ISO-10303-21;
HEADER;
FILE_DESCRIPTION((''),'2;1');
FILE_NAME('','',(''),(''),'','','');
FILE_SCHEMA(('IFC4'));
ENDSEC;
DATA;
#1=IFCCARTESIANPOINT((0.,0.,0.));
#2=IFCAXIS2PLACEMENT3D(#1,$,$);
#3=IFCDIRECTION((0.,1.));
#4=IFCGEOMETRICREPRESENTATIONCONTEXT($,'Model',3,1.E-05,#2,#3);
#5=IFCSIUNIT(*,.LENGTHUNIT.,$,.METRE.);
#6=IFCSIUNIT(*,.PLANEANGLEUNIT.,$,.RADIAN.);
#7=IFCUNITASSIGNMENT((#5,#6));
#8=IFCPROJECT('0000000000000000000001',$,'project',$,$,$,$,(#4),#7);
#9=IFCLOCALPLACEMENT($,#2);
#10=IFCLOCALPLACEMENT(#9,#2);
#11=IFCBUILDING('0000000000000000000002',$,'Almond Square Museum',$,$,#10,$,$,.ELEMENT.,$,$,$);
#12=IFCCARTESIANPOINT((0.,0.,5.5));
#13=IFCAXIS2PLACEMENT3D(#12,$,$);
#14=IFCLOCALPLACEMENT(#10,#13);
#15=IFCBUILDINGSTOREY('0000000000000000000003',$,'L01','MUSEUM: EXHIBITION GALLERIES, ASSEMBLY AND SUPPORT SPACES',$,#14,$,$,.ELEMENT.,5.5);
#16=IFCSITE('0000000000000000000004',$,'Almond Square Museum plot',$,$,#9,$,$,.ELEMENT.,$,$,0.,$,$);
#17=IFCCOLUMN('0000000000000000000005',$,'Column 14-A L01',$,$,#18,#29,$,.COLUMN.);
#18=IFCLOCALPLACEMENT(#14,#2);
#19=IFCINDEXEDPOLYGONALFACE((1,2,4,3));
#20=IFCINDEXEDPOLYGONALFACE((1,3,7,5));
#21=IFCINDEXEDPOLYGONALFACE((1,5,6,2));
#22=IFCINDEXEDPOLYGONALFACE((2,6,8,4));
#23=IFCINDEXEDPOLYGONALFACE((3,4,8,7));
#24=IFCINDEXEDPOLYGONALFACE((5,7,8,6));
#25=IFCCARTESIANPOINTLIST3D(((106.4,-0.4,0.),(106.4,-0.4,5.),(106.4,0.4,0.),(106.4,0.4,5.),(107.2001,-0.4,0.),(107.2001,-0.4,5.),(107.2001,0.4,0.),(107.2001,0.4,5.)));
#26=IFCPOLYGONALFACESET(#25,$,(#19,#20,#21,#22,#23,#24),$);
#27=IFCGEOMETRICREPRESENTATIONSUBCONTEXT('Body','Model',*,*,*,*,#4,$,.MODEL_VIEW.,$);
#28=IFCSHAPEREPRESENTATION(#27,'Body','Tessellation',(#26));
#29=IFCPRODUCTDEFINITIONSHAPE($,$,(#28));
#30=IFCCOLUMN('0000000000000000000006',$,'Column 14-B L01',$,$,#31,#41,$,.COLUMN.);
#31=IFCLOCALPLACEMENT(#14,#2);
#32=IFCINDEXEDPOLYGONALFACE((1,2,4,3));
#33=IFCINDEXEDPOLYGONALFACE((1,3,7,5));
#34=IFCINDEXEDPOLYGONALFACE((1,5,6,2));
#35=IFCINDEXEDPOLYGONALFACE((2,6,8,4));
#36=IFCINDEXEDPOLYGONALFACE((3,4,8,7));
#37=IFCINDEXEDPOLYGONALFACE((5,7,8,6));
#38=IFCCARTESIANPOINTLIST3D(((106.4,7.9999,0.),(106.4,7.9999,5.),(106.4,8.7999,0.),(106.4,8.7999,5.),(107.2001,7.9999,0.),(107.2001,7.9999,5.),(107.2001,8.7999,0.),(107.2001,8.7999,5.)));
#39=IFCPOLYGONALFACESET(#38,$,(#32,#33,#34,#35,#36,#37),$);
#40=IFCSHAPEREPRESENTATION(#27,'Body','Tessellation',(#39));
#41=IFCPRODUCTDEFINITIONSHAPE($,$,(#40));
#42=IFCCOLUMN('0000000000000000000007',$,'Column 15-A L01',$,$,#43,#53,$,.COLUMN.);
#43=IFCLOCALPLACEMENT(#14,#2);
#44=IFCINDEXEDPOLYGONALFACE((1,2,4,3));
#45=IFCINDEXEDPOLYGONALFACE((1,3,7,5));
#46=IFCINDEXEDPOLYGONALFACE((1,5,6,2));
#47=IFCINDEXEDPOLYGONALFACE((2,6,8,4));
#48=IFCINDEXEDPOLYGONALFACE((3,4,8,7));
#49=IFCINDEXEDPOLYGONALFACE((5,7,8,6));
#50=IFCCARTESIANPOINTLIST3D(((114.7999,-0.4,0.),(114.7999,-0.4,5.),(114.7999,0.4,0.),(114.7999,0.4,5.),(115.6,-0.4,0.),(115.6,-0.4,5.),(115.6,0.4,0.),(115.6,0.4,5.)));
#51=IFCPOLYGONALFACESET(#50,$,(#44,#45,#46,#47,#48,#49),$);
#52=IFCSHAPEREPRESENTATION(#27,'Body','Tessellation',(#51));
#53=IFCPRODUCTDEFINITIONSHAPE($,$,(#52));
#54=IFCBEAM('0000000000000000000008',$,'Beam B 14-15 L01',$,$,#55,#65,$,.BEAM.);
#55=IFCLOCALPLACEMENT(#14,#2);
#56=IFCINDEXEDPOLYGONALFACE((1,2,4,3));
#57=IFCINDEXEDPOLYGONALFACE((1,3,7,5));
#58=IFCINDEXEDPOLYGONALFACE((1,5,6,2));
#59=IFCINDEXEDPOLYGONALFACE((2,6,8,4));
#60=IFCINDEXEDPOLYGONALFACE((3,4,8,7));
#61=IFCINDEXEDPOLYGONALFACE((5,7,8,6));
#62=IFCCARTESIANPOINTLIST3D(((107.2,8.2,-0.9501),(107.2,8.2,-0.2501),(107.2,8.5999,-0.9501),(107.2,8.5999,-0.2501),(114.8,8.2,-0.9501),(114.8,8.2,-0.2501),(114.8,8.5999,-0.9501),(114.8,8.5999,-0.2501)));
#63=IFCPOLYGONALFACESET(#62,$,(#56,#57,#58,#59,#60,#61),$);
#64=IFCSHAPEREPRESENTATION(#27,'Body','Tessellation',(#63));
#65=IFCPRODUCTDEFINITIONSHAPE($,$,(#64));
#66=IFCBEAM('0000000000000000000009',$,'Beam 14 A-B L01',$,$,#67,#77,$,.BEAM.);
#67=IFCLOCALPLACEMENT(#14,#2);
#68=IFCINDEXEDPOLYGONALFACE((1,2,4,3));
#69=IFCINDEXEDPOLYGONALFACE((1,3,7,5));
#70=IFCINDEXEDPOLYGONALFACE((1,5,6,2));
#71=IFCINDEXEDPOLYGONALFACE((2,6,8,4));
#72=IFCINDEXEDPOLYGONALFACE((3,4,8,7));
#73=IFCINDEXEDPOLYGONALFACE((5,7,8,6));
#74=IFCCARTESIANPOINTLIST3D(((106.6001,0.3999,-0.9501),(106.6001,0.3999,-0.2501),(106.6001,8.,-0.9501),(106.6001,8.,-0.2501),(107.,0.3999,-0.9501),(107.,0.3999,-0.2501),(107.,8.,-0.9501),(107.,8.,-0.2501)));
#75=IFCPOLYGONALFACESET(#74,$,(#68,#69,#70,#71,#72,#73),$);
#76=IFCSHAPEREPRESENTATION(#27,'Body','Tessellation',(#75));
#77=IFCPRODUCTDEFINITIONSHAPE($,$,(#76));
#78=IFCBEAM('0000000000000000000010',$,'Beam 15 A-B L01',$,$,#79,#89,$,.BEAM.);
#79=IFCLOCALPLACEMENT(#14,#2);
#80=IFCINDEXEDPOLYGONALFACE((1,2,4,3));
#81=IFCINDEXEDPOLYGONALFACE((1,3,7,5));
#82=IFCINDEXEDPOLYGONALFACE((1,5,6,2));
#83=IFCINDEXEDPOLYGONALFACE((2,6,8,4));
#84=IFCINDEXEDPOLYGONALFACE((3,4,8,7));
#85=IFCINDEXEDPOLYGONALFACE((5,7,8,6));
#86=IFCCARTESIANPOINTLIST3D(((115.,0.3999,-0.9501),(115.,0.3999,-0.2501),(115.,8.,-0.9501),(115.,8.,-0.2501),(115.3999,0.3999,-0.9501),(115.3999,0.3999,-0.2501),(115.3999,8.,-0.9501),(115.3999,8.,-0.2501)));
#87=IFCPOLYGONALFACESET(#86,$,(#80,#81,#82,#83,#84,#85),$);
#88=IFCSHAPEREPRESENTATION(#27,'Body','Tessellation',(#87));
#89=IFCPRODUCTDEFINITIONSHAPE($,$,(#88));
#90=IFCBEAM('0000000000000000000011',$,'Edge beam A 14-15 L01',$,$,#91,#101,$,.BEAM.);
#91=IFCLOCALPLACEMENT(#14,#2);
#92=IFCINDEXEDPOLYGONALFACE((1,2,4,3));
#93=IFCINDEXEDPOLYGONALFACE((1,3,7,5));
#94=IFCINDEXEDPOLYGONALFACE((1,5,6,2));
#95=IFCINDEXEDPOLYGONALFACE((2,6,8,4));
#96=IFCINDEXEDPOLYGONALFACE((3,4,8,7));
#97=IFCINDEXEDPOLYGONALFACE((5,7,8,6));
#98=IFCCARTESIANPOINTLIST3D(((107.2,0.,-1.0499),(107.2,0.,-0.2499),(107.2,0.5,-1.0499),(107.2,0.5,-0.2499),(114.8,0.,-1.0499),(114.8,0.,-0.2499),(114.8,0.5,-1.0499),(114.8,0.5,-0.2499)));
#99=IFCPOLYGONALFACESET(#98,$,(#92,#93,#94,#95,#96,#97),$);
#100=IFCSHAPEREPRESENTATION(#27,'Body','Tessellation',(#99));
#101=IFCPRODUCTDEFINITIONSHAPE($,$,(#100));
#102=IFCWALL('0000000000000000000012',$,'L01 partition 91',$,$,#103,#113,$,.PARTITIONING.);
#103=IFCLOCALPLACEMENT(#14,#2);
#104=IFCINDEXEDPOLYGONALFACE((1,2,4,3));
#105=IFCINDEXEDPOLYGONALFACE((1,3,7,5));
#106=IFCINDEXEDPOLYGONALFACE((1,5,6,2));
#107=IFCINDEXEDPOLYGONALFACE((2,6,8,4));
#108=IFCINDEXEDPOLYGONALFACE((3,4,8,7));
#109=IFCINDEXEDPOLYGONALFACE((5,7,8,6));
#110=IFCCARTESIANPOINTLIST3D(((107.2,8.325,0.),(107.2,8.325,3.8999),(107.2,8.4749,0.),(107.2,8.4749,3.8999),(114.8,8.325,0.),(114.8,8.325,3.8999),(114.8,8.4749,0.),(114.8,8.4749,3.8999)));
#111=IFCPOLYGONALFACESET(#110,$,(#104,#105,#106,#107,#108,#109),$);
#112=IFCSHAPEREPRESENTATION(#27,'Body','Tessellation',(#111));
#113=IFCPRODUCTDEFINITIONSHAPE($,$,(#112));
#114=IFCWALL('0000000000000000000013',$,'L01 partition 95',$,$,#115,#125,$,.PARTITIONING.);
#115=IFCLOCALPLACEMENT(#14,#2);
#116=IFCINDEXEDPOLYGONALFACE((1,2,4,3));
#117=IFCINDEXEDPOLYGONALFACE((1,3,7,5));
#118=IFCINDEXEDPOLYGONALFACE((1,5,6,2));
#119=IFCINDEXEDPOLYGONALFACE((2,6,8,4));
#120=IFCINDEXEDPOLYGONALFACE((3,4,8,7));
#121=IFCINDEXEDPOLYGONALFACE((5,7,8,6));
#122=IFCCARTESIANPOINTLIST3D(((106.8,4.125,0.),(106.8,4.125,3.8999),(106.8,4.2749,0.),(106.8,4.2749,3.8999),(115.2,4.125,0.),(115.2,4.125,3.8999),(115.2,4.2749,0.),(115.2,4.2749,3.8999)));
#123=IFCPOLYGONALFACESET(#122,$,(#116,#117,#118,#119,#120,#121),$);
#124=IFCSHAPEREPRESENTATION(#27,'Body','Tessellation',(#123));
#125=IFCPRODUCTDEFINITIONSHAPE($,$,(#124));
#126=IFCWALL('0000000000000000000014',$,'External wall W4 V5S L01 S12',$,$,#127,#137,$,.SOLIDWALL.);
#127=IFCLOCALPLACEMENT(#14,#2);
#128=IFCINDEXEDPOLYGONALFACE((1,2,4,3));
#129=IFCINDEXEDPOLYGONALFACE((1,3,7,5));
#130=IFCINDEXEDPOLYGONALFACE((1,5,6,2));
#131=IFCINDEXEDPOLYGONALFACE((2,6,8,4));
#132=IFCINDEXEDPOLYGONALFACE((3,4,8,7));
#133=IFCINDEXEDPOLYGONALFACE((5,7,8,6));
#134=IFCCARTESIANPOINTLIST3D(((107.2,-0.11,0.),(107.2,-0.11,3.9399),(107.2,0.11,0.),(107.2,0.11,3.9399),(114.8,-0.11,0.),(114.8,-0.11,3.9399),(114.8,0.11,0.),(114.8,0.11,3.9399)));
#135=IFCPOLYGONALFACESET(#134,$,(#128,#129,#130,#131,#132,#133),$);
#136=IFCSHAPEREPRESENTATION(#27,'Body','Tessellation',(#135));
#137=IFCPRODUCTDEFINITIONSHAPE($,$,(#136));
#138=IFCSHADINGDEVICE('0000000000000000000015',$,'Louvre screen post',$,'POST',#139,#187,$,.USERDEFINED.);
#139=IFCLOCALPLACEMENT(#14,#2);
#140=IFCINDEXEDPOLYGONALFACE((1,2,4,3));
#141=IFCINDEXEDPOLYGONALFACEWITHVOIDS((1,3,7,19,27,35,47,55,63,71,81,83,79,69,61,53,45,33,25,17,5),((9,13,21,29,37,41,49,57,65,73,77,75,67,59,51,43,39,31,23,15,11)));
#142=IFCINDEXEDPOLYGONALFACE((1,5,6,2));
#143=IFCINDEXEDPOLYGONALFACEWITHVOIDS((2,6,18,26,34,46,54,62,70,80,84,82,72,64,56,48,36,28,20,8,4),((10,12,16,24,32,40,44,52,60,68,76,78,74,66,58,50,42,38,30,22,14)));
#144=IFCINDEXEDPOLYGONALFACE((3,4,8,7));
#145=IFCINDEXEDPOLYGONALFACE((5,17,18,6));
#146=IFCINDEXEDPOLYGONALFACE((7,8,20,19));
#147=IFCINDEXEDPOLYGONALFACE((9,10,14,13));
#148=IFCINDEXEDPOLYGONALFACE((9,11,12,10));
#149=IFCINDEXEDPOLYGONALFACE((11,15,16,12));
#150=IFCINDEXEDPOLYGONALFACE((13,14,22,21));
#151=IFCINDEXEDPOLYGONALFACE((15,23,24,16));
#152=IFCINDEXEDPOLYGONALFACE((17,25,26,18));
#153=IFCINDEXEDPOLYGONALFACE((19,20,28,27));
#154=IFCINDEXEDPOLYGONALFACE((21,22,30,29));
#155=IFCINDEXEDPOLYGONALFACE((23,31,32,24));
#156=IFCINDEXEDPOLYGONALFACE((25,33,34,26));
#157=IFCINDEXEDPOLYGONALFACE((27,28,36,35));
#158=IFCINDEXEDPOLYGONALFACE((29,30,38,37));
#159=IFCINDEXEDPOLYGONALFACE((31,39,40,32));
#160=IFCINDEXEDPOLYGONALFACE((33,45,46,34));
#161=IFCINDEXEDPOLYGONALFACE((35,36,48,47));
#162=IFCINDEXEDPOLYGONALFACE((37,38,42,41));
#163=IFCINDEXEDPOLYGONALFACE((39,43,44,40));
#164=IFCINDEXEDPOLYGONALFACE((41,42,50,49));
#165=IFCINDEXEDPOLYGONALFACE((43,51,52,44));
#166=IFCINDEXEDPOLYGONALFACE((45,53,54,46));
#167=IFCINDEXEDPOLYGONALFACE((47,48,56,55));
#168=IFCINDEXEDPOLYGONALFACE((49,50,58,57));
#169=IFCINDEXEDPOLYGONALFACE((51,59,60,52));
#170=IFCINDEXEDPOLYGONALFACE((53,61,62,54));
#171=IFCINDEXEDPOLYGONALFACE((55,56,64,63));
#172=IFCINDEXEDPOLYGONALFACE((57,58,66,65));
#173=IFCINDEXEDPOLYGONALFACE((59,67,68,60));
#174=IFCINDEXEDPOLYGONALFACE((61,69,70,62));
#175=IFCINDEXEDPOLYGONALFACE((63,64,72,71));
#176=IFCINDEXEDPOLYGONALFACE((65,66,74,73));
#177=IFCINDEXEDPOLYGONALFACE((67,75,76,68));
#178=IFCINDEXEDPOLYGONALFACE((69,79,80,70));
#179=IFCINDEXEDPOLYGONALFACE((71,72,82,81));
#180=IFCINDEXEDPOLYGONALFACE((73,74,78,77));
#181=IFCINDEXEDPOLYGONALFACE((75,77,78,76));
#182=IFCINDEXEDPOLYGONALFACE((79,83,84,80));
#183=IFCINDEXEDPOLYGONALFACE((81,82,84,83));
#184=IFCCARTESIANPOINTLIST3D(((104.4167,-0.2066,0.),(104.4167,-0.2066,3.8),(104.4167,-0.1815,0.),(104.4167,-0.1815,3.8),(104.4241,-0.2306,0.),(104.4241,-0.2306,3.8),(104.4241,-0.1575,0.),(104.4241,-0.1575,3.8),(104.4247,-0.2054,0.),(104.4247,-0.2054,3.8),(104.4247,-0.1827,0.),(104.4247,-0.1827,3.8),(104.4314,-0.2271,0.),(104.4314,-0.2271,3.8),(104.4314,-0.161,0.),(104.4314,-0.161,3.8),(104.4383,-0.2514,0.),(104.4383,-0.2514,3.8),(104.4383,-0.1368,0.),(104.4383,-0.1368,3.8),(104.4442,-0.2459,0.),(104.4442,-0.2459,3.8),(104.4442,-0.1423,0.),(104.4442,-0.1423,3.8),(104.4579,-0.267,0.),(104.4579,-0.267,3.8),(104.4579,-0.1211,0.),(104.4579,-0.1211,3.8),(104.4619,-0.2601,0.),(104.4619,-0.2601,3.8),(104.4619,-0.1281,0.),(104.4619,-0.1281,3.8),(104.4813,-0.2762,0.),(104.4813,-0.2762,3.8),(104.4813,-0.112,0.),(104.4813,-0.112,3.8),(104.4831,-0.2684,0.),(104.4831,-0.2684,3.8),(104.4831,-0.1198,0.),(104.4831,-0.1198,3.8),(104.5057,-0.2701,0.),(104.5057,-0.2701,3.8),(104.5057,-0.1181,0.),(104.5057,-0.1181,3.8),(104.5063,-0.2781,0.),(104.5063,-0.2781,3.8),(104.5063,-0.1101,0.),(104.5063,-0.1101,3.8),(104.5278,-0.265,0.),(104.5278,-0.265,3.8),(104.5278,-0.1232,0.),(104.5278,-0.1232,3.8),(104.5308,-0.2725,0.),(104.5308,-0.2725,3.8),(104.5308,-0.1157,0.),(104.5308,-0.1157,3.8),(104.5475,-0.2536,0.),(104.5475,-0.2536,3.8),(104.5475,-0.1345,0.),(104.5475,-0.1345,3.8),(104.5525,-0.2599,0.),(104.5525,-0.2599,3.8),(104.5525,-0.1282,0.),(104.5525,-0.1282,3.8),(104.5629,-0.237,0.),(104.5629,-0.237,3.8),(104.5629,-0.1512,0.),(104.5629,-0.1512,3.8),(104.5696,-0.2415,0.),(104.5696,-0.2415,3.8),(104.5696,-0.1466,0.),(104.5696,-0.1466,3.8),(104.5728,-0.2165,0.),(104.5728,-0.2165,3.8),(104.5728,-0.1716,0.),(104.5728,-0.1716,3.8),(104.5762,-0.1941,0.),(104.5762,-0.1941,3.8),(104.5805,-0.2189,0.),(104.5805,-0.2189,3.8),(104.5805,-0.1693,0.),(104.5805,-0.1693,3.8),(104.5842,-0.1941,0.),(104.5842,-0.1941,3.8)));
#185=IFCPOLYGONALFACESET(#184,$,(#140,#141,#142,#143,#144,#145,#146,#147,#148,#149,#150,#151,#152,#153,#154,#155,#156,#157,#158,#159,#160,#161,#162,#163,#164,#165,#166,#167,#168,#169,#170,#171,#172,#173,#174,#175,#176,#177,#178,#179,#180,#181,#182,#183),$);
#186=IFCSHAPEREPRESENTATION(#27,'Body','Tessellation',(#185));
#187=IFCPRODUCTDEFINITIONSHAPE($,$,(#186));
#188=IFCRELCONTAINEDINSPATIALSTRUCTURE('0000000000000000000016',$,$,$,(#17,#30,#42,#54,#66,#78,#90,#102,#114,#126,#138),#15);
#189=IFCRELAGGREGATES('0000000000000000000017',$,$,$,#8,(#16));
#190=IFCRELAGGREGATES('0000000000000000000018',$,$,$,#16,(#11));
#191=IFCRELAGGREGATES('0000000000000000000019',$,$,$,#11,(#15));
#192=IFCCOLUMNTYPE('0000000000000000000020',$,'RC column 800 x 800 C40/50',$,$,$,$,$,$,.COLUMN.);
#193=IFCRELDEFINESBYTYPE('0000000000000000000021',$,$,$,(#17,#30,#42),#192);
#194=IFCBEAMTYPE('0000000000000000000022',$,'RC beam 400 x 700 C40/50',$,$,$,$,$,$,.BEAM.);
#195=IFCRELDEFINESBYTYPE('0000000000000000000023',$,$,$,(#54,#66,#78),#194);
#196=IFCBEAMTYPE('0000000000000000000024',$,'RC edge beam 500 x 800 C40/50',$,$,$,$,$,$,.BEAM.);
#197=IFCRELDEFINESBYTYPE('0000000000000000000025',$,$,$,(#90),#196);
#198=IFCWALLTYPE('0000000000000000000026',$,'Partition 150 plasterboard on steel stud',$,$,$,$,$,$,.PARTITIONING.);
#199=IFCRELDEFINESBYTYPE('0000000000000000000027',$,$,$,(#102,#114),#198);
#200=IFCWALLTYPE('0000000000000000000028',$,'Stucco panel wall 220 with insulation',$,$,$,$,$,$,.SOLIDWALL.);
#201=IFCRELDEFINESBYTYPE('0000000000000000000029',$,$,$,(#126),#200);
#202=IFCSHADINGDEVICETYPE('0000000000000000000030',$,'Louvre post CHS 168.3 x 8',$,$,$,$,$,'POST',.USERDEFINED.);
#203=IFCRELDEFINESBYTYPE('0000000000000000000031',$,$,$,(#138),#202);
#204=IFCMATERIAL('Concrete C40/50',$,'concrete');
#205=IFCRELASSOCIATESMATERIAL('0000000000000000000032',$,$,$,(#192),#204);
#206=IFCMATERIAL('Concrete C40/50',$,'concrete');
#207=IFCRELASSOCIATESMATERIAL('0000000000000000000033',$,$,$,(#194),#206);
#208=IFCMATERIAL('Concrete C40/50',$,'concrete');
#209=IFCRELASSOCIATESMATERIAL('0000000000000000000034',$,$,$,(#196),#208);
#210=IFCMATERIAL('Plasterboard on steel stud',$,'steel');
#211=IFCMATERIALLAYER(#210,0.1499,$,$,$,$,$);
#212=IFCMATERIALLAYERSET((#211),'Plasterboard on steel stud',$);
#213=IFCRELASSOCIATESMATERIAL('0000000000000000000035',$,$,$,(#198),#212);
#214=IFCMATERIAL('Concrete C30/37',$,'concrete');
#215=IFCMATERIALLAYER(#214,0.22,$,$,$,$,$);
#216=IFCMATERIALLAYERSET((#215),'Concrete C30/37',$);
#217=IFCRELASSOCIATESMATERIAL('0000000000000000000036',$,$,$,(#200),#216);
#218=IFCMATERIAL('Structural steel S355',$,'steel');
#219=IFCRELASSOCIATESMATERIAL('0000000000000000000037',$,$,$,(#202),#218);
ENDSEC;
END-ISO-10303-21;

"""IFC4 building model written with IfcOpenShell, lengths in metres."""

from ifc_helpers import new_model, si_unit, direction, frame, frame_2d, origin, origin_2d, place, context, subcontext, project, spatial, rectangle, hollow_circle, extrude, material, layer, layer_set, material_profile, profile_set, type_object, element, save


model = new_model("IFC4")

# Units and contexts
model_context = context("Model", 3, precision=1e-05, world=origin(), true_north=direction((0.0, 1.0)))
body_context = subcontext(model_context, "Body", "Model", "MODEL_VIEW")
ifc_project = project(units=[si_unit("LENGTHUNIT", "METRE"), si_unit("PLANEANGLEUNIT", "RADIAN")], contexts=[model_context])

# Site, building, storey
site_placement = place(None, origin())
site = spatial("IfcSite", under=ifc_project, at=site_placement, Name="Almond Square Museum plot", CompositionType="ELEMENT", RefElevation=0.0)
building_placement = place(site_placement, origin())
building = spatial("IfcBuilding", under=site, at=building_placement, Name="Almond Square Museum", CompositionType="ELEMENT")
storey_placement = place(building_placement, frame((0.0, 0.0, 5.5)))
storey = spatial("IfcBuildingStorey", under=building, at=storey_placement, Name="L01", Description="MUSEUM: EXHIBITION GALLERIES, ASSEMBLY AND SUPPORT SPACES", CompositionType="ELEMENT", Elevation=5.5)

# Columns
ifc_material_1 = material(Name="Concrete C40/50", Category="concrete")
ifc_material_profile_1 = material_profile(ifc_material_1, rectangle(XDim=0.8, YDim=0.8, at=origin_2d()))
ifc_profile_set_1 = profile_set([ifc_material_profile_1], Name="Concrete C40/50")
column_type = type_object("IfcColumnType", Name="RC column 800 x 800 C40/50", PredefinedType="COLUMN", material=ifc_profile_set_1)
for number, where, z_axis, x_axis, name in (
    (1, (106.8, 0.0, 0.0), (0.0, 0.0, 1.0), (1.0, 0.0, 0.0), "Column 14-A L01"),
    (2, (106.8, 8.3999, 0.0), (0.0, 0.0, 1.0), (1.0, 0.0, 0.0), "Column 14-B L01"),
    (3, (115.2, 0.0, 0.0), (0.0, 0.0, 1.0), (1.0, 0.0, 0.0), "Column 15-A L01"),
):
    element("IfcColumn", number, at=place(storey_placement, frame(where, z_axis=z_axis, x_axis=x_axis)), inside=storey, type_object=column_type, Name=name, PredefinedType="COLUMN", context=body_context, shape_type="SweptSolid", body=[
        extrude(rectangle(XDim=0.8, YDim=0.8, at=origin_2d()), origin(), (0.0, 0.0, 1.0), 5.0),
    ])

# Beams
ifc_material_2 = material(Name="Concrete C40/50", Category="concrete")
ifc_material_profile_2 = material_profile(ifc_material_2, rectangle(XDim=0.3999, YDim=0.7, at=origin_2d()))
ifc_profile_set_2 = profile_set([ifc_material_profile_2], Name="Concrete C40/50")
beam_type_1 = type_object("IfcBeamType", Name="RC beam 400 x 700 C40/50", PredefinedType="BEAM", material=ifc_profile_set_2)
for number, where, z_axis, x_axis, name in (
    (4, (107.2, 8.3999, -0.6001), (1.0, 0.0, 0.0), (0.0, 1.0, 0.0), "Beam B 14-15 L01"),
    (5, (106.8, 0.3999, -0.6001), (0.0, 1.0, 0.0), (-1.0, 0.0, 0.0), "Beam 14 A-B L01"),
    (6, (115.2, 0.3999, -0.6001), (0.0, 1.0, 0.0), (-1.0, 0.0, 0.0), "Beam 15 A-B L01"),
):
    element("IfcBeam", number, at=place(storey_placement, frame(where, z_axis=z_axis, x_axis=x_axis)), inside=storey, type_object=beam_type_1, Name=name, PredefinedType="BEAM", context=body_context, shape_type="SweptSolid", body=[
        extrude(rectangle(XDim=0.3999, YDim=0.7, at=origin_2d()), origin(), (0.0, 0.0, 1.0), 7.6001),
    ])
ifc_material_3 = material(Name="Concrete C40/50", Category="concrete")
ifc_material_profile_3 = material_profile(ifc_material_3, rectangle(XDim=0.5, YDim=0.8, at=origin_2d()))
ifc_profile_set_3 = profile_set([ifc_material_profile_3], Name="Concrete C40/50")
beam_type_2 = type_object("IfcBeamType", Name="RC edge beam 500 x 800 C40/50", PredefinedType="BEAM", material=ifc_profile_set_3)
beam_placement = place(storey_placement, frame((107.2, 0.25, -0.6499), z_axis=(1.0, 0.0, 0.0), x_axis=(0.0, 1.0, 0.0)))
element("IfcBeam", 7, at=beam_placement, inside=storey, type_object=beam_type_2, Name="Edge beam A 14-15 L01", PredefinedType="BEAM", context=body_context, shape_type="SweptSolid", body=[
    extrude(rectangle(XDim=0.5, YDim=0.8, at=origin_2d()), origin(), (0.0, 0.0, 1.0), 7.6001),
])

# Walls
ifc_material_4 = material(Name="Plasterboard on steel stud", Category="steel")
ifc_layer_1 = layer(ifc_material_4, 0.1499)
ifc_layer_set_1 = layer_set([ifc_layer_1], Name="Plasterboard on steel stud")
wall_type_1 = type_object("IfcWallType", Name="Partition 150 plasterboard on steel stud", PredefinedType="PARTITIONING", material=ifc_layer_set_1)
wall_1_placement = place(storey_placement, frame((107.2, 8.3999, 0.0), z_axis=(0.0, 0.0, 1.0), x_axis=(1.0, 0.0, 0.0)))
element("IfcWall", 8, at=wall_1_placement, inside=storey, type_object=wall_type_1, Name="L01 partition 91", PredefinedType="PARTITIONING", context=body_context, shape_type="SweptSolid", body=[
    extrude(rectangle(XDim=7.6001, YDim=0.1499, at=frame_2d((3.8, 0.0))), origin(), (0.0, 0.0, 1.0), 3.8999),
])
wall_2_placement = place(storey_placement, frame((106.8, 4.2, 0.0), z_axis=(0.0, 0.0, 1.0), x_axis=(1.0, 0.0, 0.0)))
element("IfcWall", 9, at=wall_2_placement, inside=storey, type_object=wall_type_1, Name="L01 partition 95", PredefinedType="PARTITIONING", context=body_context, shape_type="SweptSolid", body=[
    extrude(rectangle(XDim=8.3999, YDim=0.1499, at=frame_2d((4.2, 0.0))), origin(), (0.0, 0.0, 1.0), 3.8999),
])
ifc_material_5 = material(Name="Concrete C30/37", Category="concrete")
ifc_layer_2 = layer(ifc_material_5, 0.22)
ifc_layer_set_2 = layer_set([ifc_layer_2], Name="Concrete C30/37")
wall_type_2 = type_object("IfcWallType", Name="Stucco panel wall 220 with insulation", PredefinedType="SOLIDWALL", material=ifc_layer_set_2)
wall_3_placement = place(storey_placement, frame((107.2, 0.0, 0.0), z_axis=(0.0, 0.0, 1.0), x_axis=(1.0, 0.0, 0.0)))
element("IfcWall", 10, at=wall_3_placement, inside=storey, type_object=wall_type_2, Name="External wall W4 V5S L01 S12", PredefinedType="SOLIDWALL", context=body_context, shape_type="SweptSolid", body=[
    extrude(rectangle(XDim=7.6001, YDim=0.22, at=frame_2d((3.8, 0.0))), origin(), (0.0, 0.0, 1.0), 3.9399),
])

# Shading device
ifc_material_6 = material(Name="Structural steel S355", Category="steel")
ifc_material_profile_4 = material_profile(ifc_material_6, hollow_circle(Radius=0.0842, WallThickness=0.0081, at=origin_2d()))
ifc_profile_set_4 = profile_set([ifc_material_profile_4], Name="Structural steel S355")
shading_device_type = type_object("IfcShadingDeviceType", Name="Louvre post CHS 168.3 x 8", ElementType="POST", PredefinedType="USERDEFINED", material=ifc_profile_set_4)
for number, where, z_axis, x_axis, name in (
    (11, (104.5, -0.1941, 0.0), (0.0, 0.0, 1.0), (1.0, 0.0, 0.0), "Louvre screen post"),
):
    element("IfcShadingDevice", number, at=place(storey_placement, frame(where, z_axis=z_axis, x_axis=x_axis)), inside=storey, type_object=shading_device_type, Name=name, ObjectType="POST", PredefinedType="USERDEFINED", context=body_context, shape_type="SweptSolid", body=[
        extrude(hollow_circle(Radius=0.0842, WallThickness=0.0081, at=origin_2d()), origin(), (0.0, 0.0, 1.0), 3.8),
    ])

save(model, "model.ifc")
